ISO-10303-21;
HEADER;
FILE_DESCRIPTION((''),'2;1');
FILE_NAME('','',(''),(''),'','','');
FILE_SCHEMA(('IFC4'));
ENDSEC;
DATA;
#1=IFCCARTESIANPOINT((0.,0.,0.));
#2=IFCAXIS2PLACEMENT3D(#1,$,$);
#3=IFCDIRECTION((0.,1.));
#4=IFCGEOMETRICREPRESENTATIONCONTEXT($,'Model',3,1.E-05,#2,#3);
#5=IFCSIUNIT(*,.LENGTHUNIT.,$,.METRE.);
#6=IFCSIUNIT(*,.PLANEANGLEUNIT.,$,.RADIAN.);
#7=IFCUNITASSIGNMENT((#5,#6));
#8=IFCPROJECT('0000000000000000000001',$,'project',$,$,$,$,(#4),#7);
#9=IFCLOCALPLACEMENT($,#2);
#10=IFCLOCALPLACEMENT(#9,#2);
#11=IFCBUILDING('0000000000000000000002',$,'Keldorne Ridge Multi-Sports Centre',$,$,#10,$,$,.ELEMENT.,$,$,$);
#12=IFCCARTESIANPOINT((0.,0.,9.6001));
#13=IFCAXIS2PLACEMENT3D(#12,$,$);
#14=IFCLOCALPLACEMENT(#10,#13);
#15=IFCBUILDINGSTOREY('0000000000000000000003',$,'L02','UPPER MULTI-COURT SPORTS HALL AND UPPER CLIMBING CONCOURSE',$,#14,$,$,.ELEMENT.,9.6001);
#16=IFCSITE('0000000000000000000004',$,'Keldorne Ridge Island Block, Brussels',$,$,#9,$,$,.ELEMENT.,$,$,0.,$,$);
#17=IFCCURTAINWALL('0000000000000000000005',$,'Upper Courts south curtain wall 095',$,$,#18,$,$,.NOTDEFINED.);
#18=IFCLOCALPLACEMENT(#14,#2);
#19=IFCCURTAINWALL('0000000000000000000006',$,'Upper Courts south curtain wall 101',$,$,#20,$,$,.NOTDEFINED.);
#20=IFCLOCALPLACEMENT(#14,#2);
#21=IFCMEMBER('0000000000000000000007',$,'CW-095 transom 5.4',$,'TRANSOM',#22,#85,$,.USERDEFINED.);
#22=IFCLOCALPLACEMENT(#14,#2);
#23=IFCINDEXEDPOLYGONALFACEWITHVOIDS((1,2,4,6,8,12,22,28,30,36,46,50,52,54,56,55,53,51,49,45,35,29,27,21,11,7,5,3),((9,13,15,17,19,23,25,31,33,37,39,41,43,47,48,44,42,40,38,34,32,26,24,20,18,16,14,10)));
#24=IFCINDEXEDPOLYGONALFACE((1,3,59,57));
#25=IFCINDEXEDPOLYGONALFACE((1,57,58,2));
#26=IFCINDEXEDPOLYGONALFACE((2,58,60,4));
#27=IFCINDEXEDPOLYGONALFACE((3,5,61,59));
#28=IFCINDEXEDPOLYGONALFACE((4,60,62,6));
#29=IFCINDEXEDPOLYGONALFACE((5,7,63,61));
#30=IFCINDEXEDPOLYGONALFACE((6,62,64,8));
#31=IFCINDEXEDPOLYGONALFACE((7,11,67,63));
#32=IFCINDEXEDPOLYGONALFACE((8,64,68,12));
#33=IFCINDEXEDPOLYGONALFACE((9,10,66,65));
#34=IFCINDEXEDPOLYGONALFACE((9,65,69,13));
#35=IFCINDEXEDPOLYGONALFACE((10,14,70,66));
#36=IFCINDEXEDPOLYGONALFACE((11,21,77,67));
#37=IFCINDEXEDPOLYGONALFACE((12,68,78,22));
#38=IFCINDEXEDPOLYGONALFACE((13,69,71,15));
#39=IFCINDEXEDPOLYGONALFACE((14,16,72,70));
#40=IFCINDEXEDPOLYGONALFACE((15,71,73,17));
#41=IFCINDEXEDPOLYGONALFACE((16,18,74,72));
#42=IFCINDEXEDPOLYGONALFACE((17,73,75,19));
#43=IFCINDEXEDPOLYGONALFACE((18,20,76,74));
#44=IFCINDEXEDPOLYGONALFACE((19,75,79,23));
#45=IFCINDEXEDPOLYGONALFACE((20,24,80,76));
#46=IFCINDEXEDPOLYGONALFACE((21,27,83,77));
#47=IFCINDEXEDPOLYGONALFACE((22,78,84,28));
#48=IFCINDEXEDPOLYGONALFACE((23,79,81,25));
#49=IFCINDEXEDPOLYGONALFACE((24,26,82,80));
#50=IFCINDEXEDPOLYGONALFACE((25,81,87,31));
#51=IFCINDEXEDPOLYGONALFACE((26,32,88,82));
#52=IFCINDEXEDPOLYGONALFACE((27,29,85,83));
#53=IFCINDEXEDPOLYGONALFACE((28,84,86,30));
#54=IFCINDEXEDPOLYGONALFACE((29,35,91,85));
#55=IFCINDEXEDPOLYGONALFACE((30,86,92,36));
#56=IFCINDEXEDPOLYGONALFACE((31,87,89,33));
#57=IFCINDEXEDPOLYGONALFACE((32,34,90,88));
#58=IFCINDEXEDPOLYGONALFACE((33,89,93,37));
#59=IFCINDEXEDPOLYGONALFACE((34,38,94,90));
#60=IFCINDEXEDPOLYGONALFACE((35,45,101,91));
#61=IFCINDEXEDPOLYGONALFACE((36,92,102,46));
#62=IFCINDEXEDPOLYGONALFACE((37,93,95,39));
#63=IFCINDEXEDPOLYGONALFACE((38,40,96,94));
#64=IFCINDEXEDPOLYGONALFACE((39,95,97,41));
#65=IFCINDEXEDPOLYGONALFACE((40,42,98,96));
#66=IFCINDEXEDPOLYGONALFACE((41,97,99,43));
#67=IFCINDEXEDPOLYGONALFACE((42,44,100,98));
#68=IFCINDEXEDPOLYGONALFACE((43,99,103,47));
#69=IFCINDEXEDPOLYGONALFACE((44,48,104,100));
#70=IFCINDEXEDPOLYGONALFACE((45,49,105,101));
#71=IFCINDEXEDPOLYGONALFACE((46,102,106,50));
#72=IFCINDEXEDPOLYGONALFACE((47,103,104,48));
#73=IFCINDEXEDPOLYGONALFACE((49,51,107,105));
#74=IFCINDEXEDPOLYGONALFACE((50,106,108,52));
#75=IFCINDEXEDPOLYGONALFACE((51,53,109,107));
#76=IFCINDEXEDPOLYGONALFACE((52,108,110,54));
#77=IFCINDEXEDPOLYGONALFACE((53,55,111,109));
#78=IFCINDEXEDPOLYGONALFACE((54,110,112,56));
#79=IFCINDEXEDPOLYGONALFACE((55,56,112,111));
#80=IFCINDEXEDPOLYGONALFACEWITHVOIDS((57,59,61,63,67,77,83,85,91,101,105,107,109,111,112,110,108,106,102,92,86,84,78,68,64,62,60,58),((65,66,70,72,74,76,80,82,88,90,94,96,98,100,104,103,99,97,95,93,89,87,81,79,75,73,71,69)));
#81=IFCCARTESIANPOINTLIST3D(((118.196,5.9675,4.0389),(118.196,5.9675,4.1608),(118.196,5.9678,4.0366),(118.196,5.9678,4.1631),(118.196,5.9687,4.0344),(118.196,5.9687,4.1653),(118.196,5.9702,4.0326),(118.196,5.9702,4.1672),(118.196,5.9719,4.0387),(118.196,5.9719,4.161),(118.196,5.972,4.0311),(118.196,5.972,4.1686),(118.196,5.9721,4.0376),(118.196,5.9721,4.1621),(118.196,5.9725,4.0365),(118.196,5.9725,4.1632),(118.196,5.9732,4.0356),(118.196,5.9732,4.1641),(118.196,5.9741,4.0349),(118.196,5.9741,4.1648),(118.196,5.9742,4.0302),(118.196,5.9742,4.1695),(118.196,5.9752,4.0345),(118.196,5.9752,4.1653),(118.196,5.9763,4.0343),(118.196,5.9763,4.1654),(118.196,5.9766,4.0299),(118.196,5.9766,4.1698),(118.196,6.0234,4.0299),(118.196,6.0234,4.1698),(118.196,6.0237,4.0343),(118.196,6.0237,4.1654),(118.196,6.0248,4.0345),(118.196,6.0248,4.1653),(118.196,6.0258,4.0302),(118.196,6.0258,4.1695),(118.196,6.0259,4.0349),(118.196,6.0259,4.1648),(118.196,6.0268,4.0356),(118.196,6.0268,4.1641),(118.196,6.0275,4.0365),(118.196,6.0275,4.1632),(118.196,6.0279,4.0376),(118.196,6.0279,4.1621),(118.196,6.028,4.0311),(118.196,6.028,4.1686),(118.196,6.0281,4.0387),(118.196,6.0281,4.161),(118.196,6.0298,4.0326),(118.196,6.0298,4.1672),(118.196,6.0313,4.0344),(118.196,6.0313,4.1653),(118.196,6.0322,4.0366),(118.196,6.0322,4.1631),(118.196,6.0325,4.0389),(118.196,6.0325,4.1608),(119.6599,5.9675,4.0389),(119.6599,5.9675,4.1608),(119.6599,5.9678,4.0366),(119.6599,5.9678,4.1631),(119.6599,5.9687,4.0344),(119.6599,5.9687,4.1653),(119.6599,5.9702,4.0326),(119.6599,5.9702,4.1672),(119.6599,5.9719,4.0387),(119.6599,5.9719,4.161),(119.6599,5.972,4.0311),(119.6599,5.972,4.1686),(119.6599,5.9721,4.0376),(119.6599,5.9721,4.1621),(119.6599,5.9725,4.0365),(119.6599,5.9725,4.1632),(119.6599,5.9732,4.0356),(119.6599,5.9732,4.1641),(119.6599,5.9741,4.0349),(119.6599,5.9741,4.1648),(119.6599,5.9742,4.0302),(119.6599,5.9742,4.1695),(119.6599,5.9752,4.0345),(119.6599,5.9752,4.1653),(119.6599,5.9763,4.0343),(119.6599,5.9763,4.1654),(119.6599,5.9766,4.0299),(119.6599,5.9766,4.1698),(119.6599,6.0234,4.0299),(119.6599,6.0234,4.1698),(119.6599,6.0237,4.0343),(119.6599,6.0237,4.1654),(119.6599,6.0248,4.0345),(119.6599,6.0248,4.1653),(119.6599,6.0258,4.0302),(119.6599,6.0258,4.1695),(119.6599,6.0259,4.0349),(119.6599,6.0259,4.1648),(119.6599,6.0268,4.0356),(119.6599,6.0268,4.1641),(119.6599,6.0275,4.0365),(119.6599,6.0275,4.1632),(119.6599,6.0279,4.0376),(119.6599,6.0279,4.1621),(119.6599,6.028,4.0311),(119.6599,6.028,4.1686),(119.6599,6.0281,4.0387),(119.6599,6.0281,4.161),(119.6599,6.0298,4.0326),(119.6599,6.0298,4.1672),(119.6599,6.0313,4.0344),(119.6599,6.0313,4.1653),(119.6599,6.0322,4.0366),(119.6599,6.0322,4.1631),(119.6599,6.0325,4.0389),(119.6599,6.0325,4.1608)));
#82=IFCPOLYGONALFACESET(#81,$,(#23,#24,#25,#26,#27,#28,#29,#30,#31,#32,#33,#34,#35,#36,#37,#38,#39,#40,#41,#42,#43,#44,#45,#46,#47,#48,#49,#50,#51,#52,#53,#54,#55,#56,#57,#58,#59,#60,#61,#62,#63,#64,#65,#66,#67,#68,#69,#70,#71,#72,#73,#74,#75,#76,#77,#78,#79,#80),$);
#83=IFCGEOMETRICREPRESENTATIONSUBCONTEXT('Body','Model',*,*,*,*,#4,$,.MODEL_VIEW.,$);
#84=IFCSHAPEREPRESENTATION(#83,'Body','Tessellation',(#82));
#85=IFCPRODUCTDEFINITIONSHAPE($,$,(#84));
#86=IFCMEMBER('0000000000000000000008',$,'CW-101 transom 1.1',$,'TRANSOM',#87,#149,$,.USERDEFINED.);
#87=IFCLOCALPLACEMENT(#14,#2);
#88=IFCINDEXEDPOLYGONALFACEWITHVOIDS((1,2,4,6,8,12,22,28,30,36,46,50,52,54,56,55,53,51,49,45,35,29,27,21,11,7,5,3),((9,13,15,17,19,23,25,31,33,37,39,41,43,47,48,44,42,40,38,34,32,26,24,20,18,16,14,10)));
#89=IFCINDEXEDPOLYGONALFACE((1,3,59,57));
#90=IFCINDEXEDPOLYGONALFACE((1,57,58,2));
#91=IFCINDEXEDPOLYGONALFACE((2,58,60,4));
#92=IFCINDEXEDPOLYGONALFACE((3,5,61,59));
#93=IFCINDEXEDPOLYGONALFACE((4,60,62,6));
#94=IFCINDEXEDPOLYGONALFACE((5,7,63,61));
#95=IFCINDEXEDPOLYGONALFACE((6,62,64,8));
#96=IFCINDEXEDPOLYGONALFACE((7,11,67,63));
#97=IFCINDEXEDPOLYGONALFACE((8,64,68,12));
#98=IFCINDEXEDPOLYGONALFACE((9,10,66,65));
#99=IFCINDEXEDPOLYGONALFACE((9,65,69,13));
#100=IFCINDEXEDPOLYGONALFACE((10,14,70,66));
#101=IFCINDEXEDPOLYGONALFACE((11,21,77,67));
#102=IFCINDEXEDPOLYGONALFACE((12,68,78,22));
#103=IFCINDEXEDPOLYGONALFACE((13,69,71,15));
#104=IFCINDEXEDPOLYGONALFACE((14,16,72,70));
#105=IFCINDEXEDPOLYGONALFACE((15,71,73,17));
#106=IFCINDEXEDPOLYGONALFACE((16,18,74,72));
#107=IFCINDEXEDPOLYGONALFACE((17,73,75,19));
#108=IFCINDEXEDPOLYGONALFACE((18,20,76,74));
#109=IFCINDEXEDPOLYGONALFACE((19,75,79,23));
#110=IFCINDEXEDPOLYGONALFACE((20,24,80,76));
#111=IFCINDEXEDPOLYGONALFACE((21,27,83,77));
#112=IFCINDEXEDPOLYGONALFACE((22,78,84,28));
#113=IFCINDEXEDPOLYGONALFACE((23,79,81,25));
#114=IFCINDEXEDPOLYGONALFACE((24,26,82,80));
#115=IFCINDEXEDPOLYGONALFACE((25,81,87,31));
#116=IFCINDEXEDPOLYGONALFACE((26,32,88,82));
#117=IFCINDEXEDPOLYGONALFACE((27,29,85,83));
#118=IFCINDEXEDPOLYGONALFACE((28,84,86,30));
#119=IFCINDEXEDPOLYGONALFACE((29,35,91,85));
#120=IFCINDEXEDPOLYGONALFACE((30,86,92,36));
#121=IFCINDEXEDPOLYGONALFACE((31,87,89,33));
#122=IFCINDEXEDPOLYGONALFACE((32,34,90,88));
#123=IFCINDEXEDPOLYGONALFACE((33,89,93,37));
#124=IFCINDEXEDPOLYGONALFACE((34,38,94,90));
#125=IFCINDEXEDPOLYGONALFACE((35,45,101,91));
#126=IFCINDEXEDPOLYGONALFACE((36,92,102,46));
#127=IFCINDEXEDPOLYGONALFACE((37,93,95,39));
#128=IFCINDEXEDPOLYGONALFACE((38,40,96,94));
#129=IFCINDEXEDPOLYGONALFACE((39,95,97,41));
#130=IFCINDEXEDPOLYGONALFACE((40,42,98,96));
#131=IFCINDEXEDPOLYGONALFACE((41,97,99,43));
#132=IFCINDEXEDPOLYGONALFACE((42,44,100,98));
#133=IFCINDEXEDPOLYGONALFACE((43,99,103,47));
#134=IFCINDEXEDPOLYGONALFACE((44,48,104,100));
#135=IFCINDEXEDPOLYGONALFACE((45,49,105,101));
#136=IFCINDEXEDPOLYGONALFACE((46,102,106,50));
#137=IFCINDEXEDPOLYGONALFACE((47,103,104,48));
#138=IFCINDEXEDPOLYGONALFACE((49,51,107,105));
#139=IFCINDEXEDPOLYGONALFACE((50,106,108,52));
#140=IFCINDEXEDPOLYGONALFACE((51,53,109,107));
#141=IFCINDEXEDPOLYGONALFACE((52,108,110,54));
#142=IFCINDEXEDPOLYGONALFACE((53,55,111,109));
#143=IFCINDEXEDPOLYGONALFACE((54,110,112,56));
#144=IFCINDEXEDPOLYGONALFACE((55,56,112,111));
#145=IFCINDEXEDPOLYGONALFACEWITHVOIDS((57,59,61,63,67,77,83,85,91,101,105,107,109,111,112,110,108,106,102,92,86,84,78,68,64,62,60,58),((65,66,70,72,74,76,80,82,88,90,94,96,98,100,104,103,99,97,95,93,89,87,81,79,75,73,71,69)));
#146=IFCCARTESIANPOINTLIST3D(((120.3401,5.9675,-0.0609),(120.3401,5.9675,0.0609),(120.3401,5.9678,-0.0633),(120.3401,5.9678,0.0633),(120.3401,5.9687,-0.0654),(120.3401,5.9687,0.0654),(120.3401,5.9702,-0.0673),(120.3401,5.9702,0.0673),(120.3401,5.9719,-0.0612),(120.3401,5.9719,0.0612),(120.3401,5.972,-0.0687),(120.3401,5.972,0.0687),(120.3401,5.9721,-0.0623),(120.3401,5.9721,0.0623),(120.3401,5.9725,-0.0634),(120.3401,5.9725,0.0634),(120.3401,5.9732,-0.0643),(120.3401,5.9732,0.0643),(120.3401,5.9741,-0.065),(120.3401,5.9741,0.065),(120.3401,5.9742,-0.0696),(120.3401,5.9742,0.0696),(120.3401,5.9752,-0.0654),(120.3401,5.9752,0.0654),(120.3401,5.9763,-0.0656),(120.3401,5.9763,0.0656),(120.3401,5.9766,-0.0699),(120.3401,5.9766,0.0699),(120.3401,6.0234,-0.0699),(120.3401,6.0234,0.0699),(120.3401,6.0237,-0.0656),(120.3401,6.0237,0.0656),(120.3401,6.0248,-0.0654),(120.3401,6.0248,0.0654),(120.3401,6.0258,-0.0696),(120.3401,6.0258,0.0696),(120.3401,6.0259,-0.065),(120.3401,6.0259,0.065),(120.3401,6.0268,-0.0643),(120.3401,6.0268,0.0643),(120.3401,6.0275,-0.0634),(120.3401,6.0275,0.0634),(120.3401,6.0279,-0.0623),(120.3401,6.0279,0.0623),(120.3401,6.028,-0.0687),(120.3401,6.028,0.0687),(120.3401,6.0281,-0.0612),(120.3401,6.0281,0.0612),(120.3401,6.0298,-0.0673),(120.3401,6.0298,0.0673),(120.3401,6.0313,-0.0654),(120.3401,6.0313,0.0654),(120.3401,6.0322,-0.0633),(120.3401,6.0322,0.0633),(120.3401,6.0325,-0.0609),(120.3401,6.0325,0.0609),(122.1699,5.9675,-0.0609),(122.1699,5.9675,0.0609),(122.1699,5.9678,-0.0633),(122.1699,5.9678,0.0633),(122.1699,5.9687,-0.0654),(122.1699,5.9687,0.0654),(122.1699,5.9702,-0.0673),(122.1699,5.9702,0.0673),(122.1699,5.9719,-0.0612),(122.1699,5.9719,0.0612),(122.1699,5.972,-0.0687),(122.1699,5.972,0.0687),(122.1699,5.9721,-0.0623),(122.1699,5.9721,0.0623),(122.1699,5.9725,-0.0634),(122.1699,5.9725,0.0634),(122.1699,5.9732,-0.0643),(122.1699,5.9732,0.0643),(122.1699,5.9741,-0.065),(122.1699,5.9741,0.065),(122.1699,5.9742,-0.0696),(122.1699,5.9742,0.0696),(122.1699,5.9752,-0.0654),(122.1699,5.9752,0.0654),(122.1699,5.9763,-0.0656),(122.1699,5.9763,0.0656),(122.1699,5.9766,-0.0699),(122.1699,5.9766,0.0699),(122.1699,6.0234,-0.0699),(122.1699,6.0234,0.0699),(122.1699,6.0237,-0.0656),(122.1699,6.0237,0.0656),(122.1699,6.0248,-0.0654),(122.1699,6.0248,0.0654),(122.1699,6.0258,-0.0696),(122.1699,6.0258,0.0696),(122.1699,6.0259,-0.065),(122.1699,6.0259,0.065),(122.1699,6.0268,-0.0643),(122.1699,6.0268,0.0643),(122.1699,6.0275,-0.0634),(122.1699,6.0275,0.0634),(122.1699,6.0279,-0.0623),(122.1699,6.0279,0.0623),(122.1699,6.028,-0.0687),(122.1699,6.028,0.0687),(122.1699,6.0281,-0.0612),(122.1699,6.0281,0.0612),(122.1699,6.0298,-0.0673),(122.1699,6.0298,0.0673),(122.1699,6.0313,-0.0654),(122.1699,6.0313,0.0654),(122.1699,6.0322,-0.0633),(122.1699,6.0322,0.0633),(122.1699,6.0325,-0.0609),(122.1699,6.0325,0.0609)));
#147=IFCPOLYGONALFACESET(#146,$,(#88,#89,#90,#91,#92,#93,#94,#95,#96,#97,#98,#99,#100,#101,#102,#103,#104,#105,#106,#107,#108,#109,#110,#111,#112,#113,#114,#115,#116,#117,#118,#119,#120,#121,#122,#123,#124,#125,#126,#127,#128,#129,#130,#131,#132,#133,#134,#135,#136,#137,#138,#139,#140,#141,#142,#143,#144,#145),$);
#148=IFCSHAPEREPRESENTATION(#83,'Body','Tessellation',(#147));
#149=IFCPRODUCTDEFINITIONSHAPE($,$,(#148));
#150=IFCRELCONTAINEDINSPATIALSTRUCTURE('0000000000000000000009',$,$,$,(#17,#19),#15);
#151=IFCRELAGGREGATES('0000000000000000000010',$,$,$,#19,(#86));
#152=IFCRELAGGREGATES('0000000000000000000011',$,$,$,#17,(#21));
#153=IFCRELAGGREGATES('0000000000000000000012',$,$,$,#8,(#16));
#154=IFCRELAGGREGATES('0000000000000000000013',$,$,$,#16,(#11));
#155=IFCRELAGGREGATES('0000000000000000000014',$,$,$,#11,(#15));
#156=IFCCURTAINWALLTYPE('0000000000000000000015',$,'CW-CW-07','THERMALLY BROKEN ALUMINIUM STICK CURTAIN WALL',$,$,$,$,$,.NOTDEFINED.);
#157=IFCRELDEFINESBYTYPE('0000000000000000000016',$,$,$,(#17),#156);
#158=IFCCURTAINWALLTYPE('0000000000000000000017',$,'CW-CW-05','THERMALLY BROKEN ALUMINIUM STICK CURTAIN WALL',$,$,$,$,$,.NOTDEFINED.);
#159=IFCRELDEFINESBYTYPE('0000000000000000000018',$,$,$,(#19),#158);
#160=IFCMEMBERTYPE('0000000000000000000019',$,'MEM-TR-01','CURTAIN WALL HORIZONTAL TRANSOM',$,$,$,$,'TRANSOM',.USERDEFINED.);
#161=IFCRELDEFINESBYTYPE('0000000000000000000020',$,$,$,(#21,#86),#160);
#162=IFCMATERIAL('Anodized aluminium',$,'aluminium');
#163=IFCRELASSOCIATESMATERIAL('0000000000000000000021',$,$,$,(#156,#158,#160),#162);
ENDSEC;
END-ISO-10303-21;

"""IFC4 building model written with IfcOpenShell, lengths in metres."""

from ifc_helpers import new_model, si_unit, direction, frame, origin, origin_2d, place, context, subcontext, project, spatial, hollow_rectangle, extrude, material, material_profile, profile_set, type_object, element, aggregate, save


model = new_model("IFC4")

# Units and contexts
model_context = context("Model", 3, precision=1e-05, world=origin(), true_north=direction((0.0, 1.0)))
body_context = subcontext(model_context, "Body", "Model", "MODEL_VIEW")
ifc_project = project(units=[si_unit("LENGTHUNIT", "METRE"), si_unit("PLANEANGLEUNIT", "RADIAN")], contexts=[model_context])

# Site, building, storey
site_placement = place(None, origin())
site = spatial("IfcSite", under=ifc_project, at=site_placement, Name="Keldorne Ridge Island Block, Brussels", CompositionType="ELEMENT", RefElevation=0.0)
building_placement = place(site_placement, origin())
building = spatial("IfcBuilding", under=site, at=building_placement, Name="Keldorne Ridge Multi-Sports Centre", CompositionType="ELEMENT")
storey_placement = place(building_placement, frame((0.0, 0.0, 9.6001)))
storey = spatial("IfcBuildingStorey", under=building, at=storey_placement, Name="L02", Description="UPPER MULTI-COURT SPORTS HALL AND UPPER CLIMBING CONCOURSE", CompositionType="ELEMENT", Elevation=9.6001)

# Curtain wall
ifc_material_1 = material(Name="Anodized aluminium", Category="aluminium")
curtain_wall_type_1 = type_object("IfcCurtainWallType", Name="CW-CW-07", Description="THERMALLY BROKEN ALUMINIUM STICK CURTAIN WALL", PredefinedType="NOTDEFINED", material=ifc_material_1)
curtain_wall_1_placement = place(storey_placement, origin())
curtain_wall_1 = element("IfcCurtainWall", 1, at=curtain_wall_1_placement, inside=storey, type_object=curtain_wall_type_1, Name="Upper Courts south curtain wall 095", PredefinedType="NOTDEFINED")

# Curtain wall
curtain_wall_type_2 = type_object("IfcCurtainWallType", Name="CW-CW-05", Description="THERMALLY BROKEN ALUMINIUM STICK CURTAIN WALL", PredefinedType="NOTDEFINED", material=ifc_material_1)
curtain_wall_2_placement = place(storey_placement, origin())
curtain_wall_2 = element("IfcCurtainWall", 2, at=curtain_wall_2_placement, inside=storey, type_object=curtain_wall_type_2, Name="Upper Courts south curtain wall 101", PredefinedType="NOTDEFINED")

# Members
ifc_material_profile_1 = material_profile(ifc_material_1, hollow_rectangle(XDim=0.0649, YDim=0.1399, WallThickness=0.0044, InnerFilletRadius=0.0044, OuterFilletRadius=0.009, at=origin_2d()), Name="ALU TRANSOM 140x65x4.5")
ifc_profile_set_1 = profile_set([ifc_material_profile_1], Name="Anodized aluminium")
member_type_1 = type_object("IfcMemberType", Name="MEM-TR-01", Description="CURTAIN WALL HORIZONTAL TRANSOM", ElementType="TRANSOM", PredefinedType="USERDEFINED", material=ifc_profile_set_1)
member_1_placement = place(storey_placement, frame((118.196, 6.0, 4.0999), z_axis=(1.0, 0.0, 0.0), x_axis=(0.0, 1.0, 0.0)))
member_1 = element("IfcMember", 3, at=member_1_placement, type_object=member_type_1, Name="CW-095 transom 5.4", ObjectType="TRANSOM", PredefinedType="USERDEFINED", context=body_context, shape_type="SweptSolid", body=[
    extrude(hollow_rectangle(XDim=0.0649, YDim=0.1399, WallThickness=0.0044, InnerFilletRadius=0.0044, OuterFilletRadius=0.009, at=origin_2d()), origin(), (0.0, 0.0, 1.0), 1.4639),
])
member_2_placement = place(storey_placement, frame((120.3401, 6.0, 0.0), z_axis=(1.0, 0.0, 0.0), x_axis=(0.0, 1.0, 0.0)))
member_2 = element("IfcMember", 4, at=member_2_placement, type_object=member_type_1, Name="CW-101 transom 1.1", ObjectType="TRANSOM", PredefinedType="USERDEFINED", context=body_context, shape_type="SweptSolid", body=[
    extrude(hollow_rectangle(XDim=0.0649, YDim=0.1399, WallThickness=0.0044, InnerFilletRadius=0.0044, OuterFilletRadius=0.009, at=origin_2d()), origin(), (0.0, 0.0, 1.0), 1.8298),
])
aggregate(curtain_wall_2, [member_2])

aggregate(curtain_wall_1, [member_1])

save(model, "model.ifc")
